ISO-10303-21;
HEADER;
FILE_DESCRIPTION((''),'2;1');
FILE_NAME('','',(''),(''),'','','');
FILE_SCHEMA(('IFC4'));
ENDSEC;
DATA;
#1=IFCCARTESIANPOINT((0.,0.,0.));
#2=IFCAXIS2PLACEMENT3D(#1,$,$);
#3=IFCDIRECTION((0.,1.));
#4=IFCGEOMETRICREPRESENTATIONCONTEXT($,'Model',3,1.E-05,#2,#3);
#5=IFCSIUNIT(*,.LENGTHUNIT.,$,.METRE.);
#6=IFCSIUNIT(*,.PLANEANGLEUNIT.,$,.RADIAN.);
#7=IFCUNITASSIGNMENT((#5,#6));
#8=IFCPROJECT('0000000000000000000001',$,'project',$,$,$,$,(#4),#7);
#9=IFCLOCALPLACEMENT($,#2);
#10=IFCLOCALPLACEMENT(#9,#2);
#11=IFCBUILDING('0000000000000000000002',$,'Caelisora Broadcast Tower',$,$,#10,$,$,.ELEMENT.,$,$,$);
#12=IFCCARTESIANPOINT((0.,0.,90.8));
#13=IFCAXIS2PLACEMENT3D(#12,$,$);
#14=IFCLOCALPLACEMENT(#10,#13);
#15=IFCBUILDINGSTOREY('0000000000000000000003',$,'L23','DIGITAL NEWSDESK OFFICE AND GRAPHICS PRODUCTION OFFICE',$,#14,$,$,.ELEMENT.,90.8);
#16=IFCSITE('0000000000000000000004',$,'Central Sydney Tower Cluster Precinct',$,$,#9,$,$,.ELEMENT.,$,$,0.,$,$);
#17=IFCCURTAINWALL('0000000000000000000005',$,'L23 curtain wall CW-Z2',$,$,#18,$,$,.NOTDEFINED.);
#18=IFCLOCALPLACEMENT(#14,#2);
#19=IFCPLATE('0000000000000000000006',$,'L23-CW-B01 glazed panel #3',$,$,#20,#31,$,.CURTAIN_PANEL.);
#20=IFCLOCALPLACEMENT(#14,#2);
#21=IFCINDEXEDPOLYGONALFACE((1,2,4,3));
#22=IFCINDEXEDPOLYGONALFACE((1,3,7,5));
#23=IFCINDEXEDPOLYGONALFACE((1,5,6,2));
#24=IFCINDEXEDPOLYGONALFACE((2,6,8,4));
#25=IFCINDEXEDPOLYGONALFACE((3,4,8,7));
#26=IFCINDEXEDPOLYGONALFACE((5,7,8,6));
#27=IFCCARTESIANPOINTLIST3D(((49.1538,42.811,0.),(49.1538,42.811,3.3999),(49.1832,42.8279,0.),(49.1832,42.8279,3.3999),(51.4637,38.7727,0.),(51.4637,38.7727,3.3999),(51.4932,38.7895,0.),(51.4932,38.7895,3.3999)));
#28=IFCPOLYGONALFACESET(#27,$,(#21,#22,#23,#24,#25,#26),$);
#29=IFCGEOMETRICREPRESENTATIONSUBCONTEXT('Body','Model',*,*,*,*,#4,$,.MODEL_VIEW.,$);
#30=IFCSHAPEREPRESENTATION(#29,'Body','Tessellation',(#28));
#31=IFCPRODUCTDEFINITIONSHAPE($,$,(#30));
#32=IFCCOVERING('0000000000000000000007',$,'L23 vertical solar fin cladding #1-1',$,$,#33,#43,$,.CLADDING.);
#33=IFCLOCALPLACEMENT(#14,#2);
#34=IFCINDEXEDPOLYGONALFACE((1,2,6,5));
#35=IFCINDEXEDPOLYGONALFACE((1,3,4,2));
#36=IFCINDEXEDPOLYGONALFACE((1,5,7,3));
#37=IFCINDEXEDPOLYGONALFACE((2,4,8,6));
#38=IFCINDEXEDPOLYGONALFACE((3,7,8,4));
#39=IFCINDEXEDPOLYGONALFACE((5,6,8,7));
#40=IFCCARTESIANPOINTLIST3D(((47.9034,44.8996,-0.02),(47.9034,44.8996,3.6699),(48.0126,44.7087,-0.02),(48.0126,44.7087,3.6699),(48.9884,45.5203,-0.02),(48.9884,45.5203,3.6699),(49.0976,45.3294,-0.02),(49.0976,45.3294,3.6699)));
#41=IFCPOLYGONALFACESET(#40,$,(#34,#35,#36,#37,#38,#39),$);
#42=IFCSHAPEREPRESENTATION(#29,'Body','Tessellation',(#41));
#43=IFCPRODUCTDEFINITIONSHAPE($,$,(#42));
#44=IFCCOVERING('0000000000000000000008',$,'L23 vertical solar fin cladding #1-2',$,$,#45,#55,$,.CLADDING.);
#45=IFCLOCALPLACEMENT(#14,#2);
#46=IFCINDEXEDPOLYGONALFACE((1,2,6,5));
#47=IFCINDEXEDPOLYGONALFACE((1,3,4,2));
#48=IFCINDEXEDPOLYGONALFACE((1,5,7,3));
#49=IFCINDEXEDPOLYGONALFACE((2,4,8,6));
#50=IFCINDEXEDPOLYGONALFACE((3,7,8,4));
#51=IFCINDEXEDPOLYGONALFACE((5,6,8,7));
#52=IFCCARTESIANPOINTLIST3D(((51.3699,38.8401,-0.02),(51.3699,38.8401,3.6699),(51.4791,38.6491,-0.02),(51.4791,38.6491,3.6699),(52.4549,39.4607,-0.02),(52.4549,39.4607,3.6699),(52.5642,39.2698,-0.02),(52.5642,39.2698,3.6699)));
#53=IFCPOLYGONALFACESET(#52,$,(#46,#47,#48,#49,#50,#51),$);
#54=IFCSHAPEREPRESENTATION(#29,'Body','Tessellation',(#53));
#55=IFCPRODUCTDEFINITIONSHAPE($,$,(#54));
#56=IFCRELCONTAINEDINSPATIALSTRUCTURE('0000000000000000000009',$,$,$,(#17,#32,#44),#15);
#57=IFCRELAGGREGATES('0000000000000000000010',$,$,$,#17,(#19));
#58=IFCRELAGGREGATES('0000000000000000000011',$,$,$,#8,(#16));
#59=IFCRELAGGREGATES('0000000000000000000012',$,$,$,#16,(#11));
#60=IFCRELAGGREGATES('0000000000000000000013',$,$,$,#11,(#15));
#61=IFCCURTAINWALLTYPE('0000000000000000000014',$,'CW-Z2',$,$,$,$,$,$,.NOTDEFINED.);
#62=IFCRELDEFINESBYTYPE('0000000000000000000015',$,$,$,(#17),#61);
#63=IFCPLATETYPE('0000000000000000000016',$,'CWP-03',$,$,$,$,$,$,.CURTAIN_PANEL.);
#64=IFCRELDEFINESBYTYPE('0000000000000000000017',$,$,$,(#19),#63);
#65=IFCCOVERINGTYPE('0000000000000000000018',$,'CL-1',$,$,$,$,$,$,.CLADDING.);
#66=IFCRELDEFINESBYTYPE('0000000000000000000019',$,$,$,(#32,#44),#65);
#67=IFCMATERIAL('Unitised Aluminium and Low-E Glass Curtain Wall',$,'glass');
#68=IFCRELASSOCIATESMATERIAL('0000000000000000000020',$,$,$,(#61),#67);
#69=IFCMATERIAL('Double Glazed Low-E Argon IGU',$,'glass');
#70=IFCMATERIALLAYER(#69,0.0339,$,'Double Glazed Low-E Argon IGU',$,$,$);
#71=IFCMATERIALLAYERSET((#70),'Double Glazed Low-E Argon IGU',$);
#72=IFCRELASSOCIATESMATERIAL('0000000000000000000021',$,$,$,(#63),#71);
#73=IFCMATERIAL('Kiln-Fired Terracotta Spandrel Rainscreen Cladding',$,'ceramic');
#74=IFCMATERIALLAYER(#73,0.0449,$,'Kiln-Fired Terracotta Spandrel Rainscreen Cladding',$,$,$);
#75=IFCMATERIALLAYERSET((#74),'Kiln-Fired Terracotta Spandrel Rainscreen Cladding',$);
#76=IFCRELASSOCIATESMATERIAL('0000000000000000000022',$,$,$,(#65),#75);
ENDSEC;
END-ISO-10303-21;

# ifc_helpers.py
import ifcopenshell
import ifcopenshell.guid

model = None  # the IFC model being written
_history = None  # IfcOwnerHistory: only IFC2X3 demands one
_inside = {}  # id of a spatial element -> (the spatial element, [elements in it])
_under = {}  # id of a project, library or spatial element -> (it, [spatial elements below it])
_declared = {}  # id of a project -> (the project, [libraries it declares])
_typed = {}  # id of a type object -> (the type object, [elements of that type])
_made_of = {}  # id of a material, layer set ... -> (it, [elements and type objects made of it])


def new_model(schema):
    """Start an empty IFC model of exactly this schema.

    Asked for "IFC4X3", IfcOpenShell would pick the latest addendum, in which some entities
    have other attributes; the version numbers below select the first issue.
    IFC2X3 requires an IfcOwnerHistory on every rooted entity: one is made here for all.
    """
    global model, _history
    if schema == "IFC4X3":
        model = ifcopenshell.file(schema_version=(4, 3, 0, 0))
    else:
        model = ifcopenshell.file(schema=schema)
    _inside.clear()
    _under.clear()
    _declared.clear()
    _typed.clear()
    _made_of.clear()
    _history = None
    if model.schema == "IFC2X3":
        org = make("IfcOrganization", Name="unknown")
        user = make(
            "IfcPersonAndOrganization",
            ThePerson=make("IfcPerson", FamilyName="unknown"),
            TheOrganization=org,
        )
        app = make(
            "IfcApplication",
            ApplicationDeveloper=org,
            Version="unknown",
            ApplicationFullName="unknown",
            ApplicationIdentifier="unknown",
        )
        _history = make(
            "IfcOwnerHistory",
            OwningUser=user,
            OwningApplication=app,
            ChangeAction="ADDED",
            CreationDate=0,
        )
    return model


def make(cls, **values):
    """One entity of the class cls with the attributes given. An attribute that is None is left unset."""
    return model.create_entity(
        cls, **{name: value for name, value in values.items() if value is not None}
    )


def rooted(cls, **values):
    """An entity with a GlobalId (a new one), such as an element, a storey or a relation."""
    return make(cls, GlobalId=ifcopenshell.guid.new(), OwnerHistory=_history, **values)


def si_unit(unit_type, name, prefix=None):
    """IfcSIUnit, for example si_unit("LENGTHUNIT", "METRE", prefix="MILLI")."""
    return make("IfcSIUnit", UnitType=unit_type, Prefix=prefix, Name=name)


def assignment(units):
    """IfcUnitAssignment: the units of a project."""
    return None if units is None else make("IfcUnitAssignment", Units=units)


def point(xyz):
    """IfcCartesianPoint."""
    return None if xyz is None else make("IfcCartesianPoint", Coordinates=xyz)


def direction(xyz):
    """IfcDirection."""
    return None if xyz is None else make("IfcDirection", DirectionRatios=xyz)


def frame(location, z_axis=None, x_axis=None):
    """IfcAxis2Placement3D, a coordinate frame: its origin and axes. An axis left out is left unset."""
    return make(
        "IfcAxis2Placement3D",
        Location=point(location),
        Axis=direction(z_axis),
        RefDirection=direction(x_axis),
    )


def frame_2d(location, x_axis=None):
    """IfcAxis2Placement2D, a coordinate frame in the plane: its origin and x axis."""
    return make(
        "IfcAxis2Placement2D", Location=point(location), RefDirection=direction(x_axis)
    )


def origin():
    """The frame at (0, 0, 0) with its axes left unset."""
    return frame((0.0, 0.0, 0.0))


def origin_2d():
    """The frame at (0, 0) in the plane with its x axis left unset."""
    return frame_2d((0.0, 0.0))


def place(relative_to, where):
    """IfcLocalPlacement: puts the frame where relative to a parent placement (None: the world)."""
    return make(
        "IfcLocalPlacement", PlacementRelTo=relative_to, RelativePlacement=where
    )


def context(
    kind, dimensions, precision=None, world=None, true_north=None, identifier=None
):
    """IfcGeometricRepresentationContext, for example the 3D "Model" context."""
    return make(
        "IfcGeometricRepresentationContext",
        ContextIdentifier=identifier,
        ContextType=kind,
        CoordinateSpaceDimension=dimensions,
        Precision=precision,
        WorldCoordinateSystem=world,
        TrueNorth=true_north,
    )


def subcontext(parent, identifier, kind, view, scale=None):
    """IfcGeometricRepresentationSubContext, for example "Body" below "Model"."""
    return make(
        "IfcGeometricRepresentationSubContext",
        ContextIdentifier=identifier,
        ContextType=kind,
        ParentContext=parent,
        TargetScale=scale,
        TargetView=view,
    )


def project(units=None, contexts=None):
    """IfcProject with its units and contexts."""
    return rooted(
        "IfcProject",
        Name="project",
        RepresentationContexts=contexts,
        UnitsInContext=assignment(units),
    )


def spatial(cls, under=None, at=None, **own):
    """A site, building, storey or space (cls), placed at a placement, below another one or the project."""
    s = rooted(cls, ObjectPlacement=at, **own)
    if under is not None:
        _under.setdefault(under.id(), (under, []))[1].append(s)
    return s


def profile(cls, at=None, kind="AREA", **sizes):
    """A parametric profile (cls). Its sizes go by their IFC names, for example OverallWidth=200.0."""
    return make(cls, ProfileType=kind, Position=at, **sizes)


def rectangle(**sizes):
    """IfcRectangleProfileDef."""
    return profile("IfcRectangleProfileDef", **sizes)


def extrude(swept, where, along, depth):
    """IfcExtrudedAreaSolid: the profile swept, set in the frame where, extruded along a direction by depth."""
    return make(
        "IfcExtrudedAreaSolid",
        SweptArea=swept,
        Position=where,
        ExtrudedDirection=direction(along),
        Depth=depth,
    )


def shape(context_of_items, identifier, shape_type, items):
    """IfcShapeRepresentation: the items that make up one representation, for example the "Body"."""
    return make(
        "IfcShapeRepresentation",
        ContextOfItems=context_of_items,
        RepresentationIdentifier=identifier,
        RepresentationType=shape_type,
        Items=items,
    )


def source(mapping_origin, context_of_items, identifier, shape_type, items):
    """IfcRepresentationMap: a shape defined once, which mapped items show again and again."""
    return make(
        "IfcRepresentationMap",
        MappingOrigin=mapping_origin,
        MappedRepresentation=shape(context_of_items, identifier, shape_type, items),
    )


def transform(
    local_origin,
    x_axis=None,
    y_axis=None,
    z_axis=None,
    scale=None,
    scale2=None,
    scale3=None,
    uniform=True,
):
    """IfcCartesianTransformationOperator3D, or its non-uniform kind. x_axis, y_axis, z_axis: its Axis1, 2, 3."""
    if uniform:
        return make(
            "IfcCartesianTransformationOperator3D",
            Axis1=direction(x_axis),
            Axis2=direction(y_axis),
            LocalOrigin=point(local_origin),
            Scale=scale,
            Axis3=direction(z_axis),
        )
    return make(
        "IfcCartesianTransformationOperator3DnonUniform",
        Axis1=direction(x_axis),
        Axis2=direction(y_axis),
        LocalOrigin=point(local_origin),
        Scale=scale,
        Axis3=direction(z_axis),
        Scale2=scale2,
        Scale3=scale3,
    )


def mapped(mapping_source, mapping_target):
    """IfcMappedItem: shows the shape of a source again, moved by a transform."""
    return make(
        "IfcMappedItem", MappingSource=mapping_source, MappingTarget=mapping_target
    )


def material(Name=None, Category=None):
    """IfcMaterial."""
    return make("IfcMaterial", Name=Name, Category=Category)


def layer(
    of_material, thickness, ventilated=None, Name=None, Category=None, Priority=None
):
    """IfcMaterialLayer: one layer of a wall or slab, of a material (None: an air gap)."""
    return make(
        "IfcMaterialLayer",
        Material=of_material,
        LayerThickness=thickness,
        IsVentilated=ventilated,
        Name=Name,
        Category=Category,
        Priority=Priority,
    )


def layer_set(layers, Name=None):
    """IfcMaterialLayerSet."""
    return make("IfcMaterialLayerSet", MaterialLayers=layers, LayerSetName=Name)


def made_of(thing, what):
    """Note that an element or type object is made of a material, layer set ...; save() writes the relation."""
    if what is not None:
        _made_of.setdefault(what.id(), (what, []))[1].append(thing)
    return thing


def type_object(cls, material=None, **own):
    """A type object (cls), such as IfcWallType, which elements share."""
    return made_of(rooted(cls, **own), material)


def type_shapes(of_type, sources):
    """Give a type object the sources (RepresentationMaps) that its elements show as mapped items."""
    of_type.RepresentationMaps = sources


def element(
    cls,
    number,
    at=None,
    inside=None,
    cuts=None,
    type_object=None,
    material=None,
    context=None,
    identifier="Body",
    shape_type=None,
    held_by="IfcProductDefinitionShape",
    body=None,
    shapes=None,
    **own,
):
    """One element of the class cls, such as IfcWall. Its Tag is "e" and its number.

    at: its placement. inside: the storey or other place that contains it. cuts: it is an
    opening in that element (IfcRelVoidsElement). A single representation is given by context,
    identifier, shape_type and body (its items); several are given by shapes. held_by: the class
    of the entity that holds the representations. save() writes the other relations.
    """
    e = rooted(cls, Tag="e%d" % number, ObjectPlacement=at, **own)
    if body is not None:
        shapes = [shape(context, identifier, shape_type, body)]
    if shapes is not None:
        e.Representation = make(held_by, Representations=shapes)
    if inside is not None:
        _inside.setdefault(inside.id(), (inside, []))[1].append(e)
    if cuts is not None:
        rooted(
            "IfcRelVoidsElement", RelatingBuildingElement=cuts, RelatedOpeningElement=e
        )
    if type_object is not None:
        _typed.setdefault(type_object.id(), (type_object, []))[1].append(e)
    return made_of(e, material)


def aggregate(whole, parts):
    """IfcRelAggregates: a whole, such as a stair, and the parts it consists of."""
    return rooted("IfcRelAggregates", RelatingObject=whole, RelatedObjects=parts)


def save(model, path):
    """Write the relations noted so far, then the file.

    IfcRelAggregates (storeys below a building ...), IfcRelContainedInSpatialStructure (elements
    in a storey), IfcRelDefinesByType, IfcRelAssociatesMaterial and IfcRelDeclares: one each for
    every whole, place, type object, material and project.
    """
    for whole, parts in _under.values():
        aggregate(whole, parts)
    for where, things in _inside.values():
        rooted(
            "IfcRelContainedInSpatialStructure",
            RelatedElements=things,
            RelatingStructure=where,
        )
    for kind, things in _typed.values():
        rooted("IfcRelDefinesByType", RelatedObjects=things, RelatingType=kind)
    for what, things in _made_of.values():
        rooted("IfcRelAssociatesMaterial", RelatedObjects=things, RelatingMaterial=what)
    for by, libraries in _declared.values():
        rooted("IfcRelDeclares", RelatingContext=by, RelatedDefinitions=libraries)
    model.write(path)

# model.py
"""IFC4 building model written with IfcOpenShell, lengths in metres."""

from ifc_helpers import new_model, si_unit, direction, frame, origin, origin_2d, place, context, subcontext, project, spatial, rectangle, extrude, source, transform, mapped, material, layer, layer_set, type_object, type_shapes, element, aggregate, save


model = new_model("IFC4")

# Units and contexts
model_context = context("Model", 3, precision=1e-05, world=origin(), true_north=direction((0.0, 1.0)))
body_context = subcontext(model_context, "Body", "Model", "MODEL_VIEW")
ifc_project = project(units=[si_unit("LENGTHUNIT", "METRE"), si_unit("PLANEANGLEUNIT", "RADIAN")], contexts=[model_context])

# Site, building, storey
site_placement = place(None, origin())
site = spatial("IfcSite", under=ifc_project, at=site_placement, Name="Central Sydney Tower Cluster Precinct", CompositionType="ELEMENT", RefElevation=0.0)
building_placement = place(site_placement, origin())
building = spatial("IfcBuilding", under=site, at=building_placement, Name="Caelisora Broadcast Tower", CompositionType="ELEMENT")
storey_placement = place(building_placement, frame((0.0, 0.0, 90.8)))
storey = spatial("IfcBuildingStorey", under=building, at=storey_placement, Name="L23", Description="DIGITAL NEWSDESK OFFICE AND GRAPHICS PRODUCTION OFFICE", CompositionType="ELEMENT", Elevation=90.8)

# Curtain wall
ifc_material_1 = material(Name="Unitised Aluminium and Low-E Glass Curtain Wall", Category="glass")
curtain_wall_type_1 = type_object("IfcCurtainWallType", Name="CW-Z2", PredefinedType="NOTDEFINED", material=ifc_material_1)
curtain_wall_1_placement = place(storey_placement, origin())
curtain_wall_1 = element("IfcCurtainWall", 1, at=curtain_wall_1_placement, inside=storey, type_object=curtain_wall_type_1, Name="L23 curtain wall CW-Z2", PredefinedType="NOTDEFINED")

# Plate
ifc_material_2 = material(Name="Double Glazed Low-E Argon IGU", Category="glass")
ifc_layer_1 = layer(ifc_material_2, 0.0339, Name="Double Glazed Low-E Argon IGU")
ifc_layer_set_1 = layer_set([ifc_layer_1], Name="Double Glazed Low-E Argon IGU")
plate_type_1 = type_object("IfcPlateType", Name="CWP-03", PredefinedType="CURTAIN_PANEL", material=ifc_layer_set_1)
shared_shape_1 = source(origin(), body_context, "Body", "SweptSolid", [
    extrude(rectangle(XDim=4.6523, YDim=0.0339, at=origin_2d()), origin(), (0.0, 0.0, 1.0), 3.3999),
])
type_shapes(plate_type_1, [shared_shape_1])
plate_1_placement = place(storey_placement, frame((50.3235, 40.8003, 0.0), z_axis=(0.0, 0.0, 1.0), x_axis=(0.49652, -0.868026, 0.0)))
plate_1 = element("IfcPlate", 2, at=plate_1_placement, type_object=plate_type_1, Name="L23-CW-B01 glazed panel #3", PredefinedType="CURTAIN_PANEL", context=body_context, shape_type="MappedRepresentation", body=[
    mapped(shared_shape_1, transform((0.0, 0.0, 0.0), scale=1.0)),
])
aggregate(curtain_wall_1, [plate_1])

# Coverings
ifc_material_3 = material(Name="Kiln-Fired Terracotta Spandrel Rainscreen Cladding", Category="ceramic")
ifc_layer_2 = layer(ifc_material_3, 0.0449, Name="Kiln-Fired Terracotta Spandrel Rainscreen Cladding")
ifc_layer_set_2 = layer_set([ifc_layer_2], Name="Kiln-Fired Terracotta Spandrel Rainscreen Cladding")
covering_type = type_object("IfcCoveringType", Name="CL-1", PredefinedType="CLADDING", material=ifc_layer_set_2)
shared_shape_2 = source(origin(), body_context, "Body", "SweptSolid", [
    extrude(rectangle(XDim=0.22, YDim=1.25, at=origin_2d()), origin(), (0.0, 0.0, 1.0), 3.6899),
])
type_shapes(covering_type, [shared_shape_2])
for number, where, z_axis, x_axis, name in (
    (3, (48.5005, 45.1145, -0.02), (0.0, 0.0, 1.0), (0.49652, -0.868026, 0.0), "L23 vertical solar fin cladding #1-1"),
    (4, (51.967, 39.0549, -0.02), (0.0, 0.0, 1.0), (0.49652, -0.868026, 0.0), "L23 vertical solar fin cladding #1-2"),
):
    element("IfcCovering", number, at=place(storey_placement, frame(where, z_axis=z_axis, x_axis=x_axis)), inside=storey, type_object=covering_type, Name=name, PredefinedType="CLADDING", context=body_context, shape_type="MappedRepresentation", body=[
        mapped(shared_shape_2, transform((0.0, 0.0, 0.0), scale=1.0)),
    ])

save(model, "model.ifc")
